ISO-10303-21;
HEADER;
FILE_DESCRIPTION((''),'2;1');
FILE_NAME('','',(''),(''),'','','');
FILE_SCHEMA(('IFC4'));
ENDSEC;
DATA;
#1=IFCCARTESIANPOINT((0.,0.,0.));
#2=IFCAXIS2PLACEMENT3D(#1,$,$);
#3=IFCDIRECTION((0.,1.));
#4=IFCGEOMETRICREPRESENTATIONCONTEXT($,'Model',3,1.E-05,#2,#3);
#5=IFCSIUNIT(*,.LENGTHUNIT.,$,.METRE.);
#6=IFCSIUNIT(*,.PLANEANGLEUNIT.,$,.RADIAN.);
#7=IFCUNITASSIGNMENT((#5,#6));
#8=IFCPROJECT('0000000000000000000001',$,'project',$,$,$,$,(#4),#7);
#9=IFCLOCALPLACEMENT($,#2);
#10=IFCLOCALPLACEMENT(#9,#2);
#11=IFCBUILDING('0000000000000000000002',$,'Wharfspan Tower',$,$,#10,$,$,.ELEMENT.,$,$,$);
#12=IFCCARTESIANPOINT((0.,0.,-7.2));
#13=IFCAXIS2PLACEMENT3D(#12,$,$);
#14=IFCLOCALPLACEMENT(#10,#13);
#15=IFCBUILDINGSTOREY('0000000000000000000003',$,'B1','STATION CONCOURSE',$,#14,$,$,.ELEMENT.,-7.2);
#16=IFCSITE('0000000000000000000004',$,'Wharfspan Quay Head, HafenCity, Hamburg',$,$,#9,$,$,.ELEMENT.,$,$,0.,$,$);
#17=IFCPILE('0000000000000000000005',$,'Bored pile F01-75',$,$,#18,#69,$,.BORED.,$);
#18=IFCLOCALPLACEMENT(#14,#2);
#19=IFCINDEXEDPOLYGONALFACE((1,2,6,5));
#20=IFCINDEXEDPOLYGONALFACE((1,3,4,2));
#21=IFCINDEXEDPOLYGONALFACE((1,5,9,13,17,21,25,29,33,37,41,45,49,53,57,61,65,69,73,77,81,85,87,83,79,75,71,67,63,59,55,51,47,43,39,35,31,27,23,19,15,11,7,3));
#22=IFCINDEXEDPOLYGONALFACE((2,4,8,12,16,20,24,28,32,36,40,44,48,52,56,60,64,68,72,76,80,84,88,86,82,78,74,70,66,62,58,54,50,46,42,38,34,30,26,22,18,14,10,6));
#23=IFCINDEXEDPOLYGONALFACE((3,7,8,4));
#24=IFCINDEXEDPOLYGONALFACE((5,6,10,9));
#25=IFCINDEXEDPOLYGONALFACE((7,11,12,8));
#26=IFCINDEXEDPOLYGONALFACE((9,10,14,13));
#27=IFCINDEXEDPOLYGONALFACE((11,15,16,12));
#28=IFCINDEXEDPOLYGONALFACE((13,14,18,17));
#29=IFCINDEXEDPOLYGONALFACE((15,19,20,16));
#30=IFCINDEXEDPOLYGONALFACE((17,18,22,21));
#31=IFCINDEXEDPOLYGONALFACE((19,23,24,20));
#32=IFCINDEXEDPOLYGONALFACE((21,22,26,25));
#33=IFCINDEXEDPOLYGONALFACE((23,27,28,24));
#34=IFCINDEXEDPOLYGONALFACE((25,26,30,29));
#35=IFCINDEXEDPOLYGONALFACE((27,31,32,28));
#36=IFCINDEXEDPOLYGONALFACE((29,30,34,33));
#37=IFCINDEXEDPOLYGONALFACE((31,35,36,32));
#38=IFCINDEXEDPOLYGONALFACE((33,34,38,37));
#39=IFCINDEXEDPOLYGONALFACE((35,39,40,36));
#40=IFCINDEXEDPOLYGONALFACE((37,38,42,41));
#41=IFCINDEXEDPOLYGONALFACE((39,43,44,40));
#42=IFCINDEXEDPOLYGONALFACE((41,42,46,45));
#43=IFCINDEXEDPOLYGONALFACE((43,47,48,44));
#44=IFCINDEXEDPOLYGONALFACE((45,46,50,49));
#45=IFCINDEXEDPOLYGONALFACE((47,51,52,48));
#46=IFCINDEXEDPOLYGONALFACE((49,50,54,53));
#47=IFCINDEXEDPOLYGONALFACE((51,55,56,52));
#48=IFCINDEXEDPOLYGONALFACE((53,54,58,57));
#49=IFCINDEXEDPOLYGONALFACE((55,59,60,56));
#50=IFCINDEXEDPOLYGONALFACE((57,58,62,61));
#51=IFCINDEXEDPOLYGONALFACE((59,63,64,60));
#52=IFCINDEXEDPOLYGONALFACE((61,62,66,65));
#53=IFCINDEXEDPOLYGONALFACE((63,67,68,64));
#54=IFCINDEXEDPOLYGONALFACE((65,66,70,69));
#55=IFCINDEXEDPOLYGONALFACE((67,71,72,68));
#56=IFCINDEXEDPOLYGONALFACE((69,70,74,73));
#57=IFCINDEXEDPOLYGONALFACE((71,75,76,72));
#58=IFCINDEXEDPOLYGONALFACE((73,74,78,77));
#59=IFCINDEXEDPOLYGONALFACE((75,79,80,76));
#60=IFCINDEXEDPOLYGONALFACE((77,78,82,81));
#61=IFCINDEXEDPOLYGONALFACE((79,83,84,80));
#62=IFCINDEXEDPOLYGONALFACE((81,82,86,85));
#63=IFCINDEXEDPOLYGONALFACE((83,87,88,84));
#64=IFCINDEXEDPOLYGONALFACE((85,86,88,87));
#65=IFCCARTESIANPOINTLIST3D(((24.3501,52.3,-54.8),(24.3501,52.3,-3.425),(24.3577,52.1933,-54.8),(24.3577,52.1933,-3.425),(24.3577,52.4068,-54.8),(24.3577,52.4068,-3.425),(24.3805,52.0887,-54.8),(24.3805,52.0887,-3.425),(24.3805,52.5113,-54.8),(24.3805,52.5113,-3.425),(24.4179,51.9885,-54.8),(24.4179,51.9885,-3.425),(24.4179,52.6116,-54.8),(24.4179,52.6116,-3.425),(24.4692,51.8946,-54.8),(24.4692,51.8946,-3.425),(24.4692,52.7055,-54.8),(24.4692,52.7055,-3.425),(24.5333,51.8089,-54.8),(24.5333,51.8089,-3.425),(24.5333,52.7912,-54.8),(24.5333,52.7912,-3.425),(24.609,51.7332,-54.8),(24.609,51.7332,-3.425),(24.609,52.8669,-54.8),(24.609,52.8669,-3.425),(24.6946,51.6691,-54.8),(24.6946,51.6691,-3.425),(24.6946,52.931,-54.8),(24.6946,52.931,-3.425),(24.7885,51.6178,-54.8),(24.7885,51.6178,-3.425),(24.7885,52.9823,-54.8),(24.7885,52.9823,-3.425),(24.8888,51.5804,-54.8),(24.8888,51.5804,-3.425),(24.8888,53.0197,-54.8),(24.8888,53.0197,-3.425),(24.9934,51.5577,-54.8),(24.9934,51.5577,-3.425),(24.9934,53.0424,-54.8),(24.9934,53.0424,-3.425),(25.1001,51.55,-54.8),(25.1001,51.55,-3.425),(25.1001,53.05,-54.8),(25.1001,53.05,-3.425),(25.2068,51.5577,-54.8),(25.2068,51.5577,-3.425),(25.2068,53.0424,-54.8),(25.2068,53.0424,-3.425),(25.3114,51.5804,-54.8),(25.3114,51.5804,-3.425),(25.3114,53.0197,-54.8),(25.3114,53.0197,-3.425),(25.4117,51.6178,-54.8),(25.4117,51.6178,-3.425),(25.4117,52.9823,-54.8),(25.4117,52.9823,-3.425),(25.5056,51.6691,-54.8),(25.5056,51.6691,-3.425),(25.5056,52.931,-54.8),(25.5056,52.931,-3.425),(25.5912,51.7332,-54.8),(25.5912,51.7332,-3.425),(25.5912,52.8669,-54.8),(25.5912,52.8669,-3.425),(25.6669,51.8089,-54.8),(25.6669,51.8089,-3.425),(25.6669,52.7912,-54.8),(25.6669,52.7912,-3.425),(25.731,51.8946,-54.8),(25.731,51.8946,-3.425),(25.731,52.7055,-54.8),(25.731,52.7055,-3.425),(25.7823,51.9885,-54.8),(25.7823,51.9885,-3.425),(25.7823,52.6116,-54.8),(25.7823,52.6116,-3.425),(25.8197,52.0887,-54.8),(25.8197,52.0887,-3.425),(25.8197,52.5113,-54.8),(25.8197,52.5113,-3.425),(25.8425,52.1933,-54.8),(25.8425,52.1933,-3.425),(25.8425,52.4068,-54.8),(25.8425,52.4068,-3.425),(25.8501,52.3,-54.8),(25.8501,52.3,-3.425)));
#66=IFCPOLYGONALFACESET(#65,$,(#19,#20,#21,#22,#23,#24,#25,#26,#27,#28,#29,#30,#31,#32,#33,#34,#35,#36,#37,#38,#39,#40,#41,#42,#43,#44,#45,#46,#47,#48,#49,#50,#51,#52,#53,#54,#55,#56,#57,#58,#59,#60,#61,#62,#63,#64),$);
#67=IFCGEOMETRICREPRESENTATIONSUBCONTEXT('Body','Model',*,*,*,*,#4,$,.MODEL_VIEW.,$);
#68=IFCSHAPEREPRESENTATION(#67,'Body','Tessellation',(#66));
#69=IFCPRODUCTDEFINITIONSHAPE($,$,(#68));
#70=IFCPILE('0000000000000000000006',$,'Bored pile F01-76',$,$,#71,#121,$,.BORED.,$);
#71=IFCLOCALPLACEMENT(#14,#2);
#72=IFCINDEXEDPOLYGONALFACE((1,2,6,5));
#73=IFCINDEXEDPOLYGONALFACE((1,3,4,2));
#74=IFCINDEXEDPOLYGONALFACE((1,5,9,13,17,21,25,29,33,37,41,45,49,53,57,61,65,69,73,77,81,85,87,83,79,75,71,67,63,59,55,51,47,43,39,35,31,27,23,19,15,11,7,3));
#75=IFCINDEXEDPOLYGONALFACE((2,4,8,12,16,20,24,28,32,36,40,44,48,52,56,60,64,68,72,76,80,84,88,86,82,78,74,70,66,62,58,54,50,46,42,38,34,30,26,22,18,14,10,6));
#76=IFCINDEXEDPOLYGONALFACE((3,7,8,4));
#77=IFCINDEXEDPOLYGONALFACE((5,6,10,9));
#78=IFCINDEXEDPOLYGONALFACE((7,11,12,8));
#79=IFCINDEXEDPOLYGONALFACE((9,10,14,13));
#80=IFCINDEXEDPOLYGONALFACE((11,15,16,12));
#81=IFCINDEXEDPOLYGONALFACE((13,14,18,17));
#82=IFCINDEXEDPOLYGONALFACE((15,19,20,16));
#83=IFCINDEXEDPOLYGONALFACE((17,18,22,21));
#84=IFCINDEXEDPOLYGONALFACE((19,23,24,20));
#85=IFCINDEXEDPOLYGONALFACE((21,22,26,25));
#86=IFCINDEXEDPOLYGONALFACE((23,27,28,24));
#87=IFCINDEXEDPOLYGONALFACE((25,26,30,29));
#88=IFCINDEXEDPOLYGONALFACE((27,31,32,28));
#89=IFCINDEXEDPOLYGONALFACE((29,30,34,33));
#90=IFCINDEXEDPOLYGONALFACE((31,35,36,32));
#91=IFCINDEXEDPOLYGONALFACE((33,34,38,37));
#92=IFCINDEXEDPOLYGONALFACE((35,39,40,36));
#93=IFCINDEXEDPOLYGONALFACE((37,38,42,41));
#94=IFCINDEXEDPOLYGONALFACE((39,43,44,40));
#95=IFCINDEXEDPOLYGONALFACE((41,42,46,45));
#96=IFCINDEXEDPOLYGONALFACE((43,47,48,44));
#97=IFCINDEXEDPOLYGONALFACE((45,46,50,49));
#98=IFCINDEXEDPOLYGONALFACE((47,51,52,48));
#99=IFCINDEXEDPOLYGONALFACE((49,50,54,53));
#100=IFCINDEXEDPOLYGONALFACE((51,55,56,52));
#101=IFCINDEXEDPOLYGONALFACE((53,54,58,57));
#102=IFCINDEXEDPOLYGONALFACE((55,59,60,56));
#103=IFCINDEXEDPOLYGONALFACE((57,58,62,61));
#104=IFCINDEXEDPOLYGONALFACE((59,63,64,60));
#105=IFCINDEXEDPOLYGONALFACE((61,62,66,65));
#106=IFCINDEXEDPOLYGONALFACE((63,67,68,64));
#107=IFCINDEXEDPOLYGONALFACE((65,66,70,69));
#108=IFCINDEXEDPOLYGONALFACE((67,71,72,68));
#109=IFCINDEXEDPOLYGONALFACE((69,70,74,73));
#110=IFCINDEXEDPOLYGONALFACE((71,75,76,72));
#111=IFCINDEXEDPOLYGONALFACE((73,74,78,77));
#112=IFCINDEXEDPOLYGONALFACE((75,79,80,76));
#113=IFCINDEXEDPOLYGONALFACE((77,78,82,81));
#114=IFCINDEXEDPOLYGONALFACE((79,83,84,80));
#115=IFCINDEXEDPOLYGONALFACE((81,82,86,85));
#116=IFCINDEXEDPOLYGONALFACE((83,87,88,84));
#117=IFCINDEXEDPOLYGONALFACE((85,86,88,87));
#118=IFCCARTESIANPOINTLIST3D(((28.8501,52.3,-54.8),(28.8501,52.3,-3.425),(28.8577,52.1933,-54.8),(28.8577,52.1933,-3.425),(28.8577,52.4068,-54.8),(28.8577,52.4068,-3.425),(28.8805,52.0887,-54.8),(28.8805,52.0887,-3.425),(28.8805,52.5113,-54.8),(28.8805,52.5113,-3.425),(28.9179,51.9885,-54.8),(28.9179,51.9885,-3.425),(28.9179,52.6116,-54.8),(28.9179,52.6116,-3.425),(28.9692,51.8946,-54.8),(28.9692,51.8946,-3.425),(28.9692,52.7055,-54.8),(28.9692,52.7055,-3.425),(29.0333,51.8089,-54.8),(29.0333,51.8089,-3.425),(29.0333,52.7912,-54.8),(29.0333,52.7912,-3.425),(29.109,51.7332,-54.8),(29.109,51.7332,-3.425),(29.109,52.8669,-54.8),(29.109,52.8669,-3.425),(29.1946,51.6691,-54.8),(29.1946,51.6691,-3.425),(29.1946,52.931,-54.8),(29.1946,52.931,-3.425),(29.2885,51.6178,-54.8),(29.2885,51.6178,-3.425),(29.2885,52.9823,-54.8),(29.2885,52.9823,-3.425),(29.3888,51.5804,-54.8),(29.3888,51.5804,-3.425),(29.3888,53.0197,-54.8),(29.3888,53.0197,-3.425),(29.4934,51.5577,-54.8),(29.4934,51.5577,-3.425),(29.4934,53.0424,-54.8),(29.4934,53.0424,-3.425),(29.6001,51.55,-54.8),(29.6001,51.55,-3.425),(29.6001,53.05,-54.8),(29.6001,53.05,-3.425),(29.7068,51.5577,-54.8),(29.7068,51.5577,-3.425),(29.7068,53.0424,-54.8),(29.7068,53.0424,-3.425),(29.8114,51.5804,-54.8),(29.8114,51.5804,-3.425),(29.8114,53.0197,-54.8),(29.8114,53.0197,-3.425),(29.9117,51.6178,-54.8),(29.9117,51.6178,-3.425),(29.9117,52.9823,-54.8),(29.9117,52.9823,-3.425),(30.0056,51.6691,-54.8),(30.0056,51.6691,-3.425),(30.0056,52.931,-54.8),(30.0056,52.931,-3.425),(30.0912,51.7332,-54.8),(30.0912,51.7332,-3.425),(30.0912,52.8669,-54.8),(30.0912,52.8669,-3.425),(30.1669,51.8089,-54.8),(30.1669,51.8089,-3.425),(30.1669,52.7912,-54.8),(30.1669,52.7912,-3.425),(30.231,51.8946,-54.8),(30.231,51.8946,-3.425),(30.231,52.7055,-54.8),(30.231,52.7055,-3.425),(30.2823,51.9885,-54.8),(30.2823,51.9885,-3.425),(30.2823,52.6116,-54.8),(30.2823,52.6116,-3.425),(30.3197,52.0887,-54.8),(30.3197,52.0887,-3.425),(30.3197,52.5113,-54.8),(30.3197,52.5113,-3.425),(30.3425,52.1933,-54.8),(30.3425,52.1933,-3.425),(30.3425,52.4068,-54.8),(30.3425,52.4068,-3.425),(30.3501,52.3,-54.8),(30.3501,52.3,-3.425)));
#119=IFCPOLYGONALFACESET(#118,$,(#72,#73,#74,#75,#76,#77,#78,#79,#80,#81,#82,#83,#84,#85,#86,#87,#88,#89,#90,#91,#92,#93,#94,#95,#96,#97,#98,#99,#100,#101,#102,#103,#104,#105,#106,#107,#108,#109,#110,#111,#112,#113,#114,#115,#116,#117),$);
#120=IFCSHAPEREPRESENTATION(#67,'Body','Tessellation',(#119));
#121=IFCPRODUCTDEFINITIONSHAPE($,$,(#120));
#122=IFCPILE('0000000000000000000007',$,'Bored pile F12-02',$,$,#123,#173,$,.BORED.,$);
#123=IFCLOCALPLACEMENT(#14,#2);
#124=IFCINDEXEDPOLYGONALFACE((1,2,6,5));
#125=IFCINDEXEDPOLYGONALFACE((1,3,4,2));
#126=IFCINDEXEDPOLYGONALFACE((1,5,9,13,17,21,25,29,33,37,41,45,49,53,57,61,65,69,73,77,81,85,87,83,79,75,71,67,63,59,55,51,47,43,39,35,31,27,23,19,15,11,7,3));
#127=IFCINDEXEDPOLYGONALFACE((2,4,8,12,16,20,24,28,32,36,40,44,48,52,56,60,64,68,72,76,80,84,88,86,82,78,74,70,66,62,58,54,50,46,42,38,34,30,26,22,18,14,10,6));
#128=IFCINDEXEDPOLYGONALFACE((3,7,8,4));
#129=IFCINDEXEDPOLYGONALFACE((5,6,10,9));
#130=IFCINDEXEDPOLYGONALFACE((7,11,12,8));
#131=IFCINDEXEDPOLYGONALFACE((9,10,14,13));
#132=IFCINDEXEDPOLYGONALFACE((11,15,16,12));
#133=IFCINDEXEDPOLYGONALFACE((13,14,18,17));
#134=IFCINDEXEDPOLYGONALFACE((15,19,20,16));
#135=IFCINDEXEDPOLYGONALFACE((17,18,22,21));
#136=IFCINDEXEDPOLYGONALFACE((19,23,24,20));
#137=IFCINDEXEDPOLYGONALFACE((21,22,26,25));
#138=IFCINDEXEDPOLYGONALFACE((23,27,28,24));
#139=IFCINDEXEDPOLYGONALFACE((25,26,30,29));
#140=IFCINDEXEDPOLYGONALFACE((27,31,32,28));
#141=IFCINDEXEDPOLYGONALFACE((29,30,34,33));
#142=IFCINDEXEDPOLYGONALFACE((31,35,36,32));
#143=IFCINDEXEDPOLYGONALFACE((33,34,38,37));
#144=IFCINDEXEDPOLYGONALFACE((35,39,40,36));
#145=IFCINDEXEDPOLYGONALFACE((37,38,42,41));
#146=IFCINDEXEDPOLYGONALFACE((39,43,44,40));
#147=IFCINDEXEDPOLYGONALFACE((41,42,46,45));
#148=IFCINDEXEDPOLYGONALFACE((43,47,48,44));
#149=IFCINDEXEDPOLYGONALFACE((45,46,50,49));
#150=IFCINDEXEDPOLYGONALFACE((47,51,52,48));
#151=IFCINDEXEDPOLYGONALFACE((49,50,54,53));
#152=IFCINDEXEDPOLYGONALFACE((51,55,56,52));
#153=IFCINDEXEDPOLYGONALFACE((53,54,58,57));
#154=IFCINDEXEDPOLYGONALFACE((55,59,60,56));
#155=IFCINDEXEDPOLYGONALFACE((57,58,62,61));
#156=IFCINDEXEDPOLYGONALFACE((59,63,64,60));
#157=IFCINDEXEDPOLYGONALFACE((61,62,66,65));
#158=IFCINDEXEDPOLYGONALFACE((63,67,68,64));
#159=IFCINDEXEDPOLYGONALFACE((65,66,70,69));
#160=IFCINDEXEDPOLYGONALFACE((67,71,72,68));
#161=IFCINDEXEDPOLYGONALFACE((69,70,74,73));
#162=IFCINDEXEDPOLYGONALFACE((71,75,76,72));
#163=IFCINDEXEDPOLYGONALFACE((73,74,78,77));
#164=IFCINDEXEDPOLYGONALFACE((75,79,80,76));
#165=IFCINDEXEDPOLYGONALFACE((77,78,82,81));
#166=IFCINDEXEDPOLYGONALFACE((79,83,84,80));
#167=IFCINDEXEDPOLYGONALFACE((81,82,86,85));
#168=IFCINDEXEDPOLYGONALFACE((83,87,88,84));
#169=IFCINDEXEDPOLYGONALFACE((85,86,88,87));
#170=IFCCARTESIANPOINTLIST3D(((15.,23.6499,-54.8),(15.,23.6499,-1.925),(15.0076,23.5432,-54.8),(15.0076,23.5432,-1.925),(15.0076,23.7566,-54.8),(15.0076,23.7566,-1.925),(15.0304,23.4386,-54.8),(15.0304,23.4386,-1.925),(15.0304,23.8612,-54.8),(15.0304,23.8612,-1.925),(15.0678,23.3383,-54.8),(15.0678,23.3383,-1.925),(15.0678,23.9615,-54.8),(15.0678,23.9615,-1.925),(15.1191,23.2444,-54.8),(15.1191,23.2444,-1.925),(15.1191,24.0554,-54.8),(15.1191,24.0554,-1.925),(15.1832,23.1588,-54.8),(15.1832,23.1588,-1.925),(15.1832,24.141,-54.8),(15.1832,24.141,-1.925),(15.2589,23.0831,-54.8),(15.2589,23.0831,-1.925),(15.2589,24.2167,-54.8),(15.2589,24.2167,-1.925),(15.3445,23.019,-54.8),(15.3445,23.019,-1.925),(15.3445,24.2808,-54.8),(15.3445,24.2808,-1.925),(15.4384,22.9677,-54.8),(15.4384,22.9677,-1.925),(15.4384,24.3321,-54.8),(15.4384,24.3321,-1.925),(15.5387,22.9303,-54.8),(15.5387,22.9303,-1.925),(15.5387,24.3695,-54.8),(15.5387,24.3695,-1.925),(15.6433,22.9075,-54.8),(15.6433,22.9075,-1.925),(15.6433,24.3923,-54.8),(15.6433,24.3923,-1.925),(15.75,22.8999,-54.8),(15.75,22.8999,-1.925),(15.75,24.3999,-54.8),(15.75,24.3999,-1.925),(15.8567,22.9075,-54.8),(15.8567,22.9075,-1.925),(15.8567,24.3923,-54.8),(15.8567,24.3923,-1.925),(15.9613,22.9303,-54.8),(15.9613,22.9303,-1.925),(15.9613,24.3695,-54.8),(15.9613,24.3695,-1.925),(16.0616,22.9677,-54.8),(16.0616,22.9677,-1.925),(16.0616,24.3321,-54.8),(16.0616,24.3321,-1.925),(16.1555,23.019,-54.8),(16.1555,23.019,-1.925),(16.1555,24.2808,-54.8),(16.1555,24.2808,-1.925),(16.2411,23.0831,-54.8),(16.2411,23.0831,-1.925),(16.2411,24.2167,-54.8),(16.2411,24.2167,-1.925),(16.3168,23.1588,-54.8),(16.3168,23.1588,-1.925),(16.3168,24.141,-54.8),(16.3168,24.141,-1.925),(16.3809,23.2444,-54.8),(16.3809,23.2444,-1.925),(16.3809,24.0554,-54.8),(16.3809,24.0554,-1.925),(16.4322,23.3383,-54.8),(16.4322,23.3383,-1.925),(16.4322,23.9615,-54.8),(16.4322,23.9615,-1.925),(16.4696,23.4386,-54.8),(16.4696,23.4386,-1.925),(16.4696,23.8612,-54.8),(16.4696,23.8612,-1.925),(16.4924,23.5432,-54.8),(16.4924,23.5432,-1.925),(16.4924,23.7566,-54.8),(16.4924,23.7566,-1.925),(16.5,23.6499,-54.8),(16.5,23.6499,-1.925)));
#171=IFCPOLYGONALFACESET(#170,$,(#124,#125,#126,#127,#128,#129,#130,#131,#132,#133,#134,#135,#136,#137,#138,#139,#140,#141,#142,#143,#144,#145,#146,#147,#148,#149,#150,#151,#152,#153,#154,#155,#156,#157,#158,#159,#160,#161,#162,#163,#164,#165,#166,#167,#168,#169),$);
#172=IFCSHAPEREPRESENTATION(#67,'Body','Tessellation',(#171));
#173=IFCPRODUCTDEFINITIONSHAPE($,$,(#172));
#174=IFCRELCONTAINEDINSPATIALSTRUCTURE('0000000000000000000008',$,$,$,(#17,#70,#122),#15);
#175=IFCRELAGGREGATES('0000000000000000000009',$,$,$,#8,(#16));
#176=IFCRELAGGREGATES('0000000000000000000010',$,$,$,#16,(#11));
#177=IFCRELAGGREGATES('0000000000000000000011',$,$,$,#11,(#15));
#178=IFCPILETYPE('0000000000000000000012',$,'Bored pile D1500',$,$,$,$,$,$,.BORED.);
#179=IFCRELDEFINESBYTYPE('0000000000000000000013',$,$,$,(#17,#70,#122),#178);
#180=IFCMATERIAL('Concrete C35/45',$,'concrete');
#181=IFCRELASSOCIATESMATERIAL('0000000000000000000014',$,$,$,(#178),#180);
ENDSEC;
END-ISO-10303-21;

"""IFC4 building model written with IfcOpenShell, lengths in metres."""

from ifc_helpers import new_model, si_unit, direction, frame, origin, origin_2d, place, context, subcontext, project, spatial, circle, extrude, material, material_profile, profile_set, type_object, element, save


model = new_model("IFC4")

# Units and contexts
model_context = context("Model", 3, precision=1e-05, world=origin(), true_north=direction((0.0, 1.0)))
body_context = subcontext(model_context, "Body", "Model", "MODEL_VIEW")
ifc_project = project(units=[si_unit("LENGTHUNIT", "METRE"), si_unit("PLANEANGLEUNIT", "RADIAN")], contexts=[model_context])

# Site, building, storey
site_placement = place(None, origin())
site = spatial("IfcSite", under=ifc_project, at=site_placement, Name="Wharfspan Quay Head, HafenCity, Hamburg", CompositionType="ELEMENT", RefElevation=0.0)
building_placement = place(site_placement, origin())
building = spatial("IfcBuilding", under=site, at=building_placement, Name="Wharfspan Tower", CompositionType="ELEMENT")
storey_placement = place(building_placement, frame((0.0, 0.0, -7.2)))
storey = spatial("IfcBuildingStorey", under=building, at=storey_placement, Name="B1", Description="STATION CONCOURSE", CompositionType="ELEMENT", Elevation=-7.2)

# Piles
ifc_material_1 = material(Name="Concrete C35/45", Category="concrete")
ifc_material_profile_1 = material_profile(ifc_material_1, circle(Radius=0.75, at=origin_2d()))
ifc_profile_set_1 = profile_set([ifc_material_profile_1], Name="Concrete C35/45")
pile_type = type_object("IfcPileType", Name="Bored pile D1500", PredefinedType="BORED", material=ifc_profile_set_1)
for number, where, z_axis, x_axis, name in (
    (1, (25.1001, 52.3, -3.425), (0.0, 0.0, -1.0), (1.0, 0.0, 0.0), "Bored pile F01-75"),
    (2, (29.6001, 52.3, -3.425), (0.0, 0.0, -1.0), (1.0, 0.0, 0.0), "Bored pile F01-76"),
):
    element("IfcPile", number, at=place(storey_placement, frame(where, z_axis=z_axis, x_axis=x_axis)), inside=storey, type_object=pile_type, Name=name, PredefinedType="BORED", context=body_context, shape_type="SweptSolid", body=[
        extrude(circle(Radius=0.75, at=origin_2d()), origin(), (0.0, 0.0, 1.0), 51.375),
    ])
for number, where, z_axis, x_axis, name in (
    (3, (15.75, 23.6499, -1.925), (0.0, 0.0, -1.0), (1.0, 0.0, 0.0), "Bored pile F12-02"),
):
    element("IfcPile", number, at=place(storey_placement, frame(where, z_axis=z_axis, x_axis=x_axis)), inside=storey, type_object=pile_type, Name=name, PredefinedType="BORED", context=body_context, shape_type="SweptSolid", body=[
        extrude(circle(Radius=0.75, at=origin_2d()), origin(), (0.0, 0.0, 1.0), 52.875),
    ])

save(model, "model.ifc")
